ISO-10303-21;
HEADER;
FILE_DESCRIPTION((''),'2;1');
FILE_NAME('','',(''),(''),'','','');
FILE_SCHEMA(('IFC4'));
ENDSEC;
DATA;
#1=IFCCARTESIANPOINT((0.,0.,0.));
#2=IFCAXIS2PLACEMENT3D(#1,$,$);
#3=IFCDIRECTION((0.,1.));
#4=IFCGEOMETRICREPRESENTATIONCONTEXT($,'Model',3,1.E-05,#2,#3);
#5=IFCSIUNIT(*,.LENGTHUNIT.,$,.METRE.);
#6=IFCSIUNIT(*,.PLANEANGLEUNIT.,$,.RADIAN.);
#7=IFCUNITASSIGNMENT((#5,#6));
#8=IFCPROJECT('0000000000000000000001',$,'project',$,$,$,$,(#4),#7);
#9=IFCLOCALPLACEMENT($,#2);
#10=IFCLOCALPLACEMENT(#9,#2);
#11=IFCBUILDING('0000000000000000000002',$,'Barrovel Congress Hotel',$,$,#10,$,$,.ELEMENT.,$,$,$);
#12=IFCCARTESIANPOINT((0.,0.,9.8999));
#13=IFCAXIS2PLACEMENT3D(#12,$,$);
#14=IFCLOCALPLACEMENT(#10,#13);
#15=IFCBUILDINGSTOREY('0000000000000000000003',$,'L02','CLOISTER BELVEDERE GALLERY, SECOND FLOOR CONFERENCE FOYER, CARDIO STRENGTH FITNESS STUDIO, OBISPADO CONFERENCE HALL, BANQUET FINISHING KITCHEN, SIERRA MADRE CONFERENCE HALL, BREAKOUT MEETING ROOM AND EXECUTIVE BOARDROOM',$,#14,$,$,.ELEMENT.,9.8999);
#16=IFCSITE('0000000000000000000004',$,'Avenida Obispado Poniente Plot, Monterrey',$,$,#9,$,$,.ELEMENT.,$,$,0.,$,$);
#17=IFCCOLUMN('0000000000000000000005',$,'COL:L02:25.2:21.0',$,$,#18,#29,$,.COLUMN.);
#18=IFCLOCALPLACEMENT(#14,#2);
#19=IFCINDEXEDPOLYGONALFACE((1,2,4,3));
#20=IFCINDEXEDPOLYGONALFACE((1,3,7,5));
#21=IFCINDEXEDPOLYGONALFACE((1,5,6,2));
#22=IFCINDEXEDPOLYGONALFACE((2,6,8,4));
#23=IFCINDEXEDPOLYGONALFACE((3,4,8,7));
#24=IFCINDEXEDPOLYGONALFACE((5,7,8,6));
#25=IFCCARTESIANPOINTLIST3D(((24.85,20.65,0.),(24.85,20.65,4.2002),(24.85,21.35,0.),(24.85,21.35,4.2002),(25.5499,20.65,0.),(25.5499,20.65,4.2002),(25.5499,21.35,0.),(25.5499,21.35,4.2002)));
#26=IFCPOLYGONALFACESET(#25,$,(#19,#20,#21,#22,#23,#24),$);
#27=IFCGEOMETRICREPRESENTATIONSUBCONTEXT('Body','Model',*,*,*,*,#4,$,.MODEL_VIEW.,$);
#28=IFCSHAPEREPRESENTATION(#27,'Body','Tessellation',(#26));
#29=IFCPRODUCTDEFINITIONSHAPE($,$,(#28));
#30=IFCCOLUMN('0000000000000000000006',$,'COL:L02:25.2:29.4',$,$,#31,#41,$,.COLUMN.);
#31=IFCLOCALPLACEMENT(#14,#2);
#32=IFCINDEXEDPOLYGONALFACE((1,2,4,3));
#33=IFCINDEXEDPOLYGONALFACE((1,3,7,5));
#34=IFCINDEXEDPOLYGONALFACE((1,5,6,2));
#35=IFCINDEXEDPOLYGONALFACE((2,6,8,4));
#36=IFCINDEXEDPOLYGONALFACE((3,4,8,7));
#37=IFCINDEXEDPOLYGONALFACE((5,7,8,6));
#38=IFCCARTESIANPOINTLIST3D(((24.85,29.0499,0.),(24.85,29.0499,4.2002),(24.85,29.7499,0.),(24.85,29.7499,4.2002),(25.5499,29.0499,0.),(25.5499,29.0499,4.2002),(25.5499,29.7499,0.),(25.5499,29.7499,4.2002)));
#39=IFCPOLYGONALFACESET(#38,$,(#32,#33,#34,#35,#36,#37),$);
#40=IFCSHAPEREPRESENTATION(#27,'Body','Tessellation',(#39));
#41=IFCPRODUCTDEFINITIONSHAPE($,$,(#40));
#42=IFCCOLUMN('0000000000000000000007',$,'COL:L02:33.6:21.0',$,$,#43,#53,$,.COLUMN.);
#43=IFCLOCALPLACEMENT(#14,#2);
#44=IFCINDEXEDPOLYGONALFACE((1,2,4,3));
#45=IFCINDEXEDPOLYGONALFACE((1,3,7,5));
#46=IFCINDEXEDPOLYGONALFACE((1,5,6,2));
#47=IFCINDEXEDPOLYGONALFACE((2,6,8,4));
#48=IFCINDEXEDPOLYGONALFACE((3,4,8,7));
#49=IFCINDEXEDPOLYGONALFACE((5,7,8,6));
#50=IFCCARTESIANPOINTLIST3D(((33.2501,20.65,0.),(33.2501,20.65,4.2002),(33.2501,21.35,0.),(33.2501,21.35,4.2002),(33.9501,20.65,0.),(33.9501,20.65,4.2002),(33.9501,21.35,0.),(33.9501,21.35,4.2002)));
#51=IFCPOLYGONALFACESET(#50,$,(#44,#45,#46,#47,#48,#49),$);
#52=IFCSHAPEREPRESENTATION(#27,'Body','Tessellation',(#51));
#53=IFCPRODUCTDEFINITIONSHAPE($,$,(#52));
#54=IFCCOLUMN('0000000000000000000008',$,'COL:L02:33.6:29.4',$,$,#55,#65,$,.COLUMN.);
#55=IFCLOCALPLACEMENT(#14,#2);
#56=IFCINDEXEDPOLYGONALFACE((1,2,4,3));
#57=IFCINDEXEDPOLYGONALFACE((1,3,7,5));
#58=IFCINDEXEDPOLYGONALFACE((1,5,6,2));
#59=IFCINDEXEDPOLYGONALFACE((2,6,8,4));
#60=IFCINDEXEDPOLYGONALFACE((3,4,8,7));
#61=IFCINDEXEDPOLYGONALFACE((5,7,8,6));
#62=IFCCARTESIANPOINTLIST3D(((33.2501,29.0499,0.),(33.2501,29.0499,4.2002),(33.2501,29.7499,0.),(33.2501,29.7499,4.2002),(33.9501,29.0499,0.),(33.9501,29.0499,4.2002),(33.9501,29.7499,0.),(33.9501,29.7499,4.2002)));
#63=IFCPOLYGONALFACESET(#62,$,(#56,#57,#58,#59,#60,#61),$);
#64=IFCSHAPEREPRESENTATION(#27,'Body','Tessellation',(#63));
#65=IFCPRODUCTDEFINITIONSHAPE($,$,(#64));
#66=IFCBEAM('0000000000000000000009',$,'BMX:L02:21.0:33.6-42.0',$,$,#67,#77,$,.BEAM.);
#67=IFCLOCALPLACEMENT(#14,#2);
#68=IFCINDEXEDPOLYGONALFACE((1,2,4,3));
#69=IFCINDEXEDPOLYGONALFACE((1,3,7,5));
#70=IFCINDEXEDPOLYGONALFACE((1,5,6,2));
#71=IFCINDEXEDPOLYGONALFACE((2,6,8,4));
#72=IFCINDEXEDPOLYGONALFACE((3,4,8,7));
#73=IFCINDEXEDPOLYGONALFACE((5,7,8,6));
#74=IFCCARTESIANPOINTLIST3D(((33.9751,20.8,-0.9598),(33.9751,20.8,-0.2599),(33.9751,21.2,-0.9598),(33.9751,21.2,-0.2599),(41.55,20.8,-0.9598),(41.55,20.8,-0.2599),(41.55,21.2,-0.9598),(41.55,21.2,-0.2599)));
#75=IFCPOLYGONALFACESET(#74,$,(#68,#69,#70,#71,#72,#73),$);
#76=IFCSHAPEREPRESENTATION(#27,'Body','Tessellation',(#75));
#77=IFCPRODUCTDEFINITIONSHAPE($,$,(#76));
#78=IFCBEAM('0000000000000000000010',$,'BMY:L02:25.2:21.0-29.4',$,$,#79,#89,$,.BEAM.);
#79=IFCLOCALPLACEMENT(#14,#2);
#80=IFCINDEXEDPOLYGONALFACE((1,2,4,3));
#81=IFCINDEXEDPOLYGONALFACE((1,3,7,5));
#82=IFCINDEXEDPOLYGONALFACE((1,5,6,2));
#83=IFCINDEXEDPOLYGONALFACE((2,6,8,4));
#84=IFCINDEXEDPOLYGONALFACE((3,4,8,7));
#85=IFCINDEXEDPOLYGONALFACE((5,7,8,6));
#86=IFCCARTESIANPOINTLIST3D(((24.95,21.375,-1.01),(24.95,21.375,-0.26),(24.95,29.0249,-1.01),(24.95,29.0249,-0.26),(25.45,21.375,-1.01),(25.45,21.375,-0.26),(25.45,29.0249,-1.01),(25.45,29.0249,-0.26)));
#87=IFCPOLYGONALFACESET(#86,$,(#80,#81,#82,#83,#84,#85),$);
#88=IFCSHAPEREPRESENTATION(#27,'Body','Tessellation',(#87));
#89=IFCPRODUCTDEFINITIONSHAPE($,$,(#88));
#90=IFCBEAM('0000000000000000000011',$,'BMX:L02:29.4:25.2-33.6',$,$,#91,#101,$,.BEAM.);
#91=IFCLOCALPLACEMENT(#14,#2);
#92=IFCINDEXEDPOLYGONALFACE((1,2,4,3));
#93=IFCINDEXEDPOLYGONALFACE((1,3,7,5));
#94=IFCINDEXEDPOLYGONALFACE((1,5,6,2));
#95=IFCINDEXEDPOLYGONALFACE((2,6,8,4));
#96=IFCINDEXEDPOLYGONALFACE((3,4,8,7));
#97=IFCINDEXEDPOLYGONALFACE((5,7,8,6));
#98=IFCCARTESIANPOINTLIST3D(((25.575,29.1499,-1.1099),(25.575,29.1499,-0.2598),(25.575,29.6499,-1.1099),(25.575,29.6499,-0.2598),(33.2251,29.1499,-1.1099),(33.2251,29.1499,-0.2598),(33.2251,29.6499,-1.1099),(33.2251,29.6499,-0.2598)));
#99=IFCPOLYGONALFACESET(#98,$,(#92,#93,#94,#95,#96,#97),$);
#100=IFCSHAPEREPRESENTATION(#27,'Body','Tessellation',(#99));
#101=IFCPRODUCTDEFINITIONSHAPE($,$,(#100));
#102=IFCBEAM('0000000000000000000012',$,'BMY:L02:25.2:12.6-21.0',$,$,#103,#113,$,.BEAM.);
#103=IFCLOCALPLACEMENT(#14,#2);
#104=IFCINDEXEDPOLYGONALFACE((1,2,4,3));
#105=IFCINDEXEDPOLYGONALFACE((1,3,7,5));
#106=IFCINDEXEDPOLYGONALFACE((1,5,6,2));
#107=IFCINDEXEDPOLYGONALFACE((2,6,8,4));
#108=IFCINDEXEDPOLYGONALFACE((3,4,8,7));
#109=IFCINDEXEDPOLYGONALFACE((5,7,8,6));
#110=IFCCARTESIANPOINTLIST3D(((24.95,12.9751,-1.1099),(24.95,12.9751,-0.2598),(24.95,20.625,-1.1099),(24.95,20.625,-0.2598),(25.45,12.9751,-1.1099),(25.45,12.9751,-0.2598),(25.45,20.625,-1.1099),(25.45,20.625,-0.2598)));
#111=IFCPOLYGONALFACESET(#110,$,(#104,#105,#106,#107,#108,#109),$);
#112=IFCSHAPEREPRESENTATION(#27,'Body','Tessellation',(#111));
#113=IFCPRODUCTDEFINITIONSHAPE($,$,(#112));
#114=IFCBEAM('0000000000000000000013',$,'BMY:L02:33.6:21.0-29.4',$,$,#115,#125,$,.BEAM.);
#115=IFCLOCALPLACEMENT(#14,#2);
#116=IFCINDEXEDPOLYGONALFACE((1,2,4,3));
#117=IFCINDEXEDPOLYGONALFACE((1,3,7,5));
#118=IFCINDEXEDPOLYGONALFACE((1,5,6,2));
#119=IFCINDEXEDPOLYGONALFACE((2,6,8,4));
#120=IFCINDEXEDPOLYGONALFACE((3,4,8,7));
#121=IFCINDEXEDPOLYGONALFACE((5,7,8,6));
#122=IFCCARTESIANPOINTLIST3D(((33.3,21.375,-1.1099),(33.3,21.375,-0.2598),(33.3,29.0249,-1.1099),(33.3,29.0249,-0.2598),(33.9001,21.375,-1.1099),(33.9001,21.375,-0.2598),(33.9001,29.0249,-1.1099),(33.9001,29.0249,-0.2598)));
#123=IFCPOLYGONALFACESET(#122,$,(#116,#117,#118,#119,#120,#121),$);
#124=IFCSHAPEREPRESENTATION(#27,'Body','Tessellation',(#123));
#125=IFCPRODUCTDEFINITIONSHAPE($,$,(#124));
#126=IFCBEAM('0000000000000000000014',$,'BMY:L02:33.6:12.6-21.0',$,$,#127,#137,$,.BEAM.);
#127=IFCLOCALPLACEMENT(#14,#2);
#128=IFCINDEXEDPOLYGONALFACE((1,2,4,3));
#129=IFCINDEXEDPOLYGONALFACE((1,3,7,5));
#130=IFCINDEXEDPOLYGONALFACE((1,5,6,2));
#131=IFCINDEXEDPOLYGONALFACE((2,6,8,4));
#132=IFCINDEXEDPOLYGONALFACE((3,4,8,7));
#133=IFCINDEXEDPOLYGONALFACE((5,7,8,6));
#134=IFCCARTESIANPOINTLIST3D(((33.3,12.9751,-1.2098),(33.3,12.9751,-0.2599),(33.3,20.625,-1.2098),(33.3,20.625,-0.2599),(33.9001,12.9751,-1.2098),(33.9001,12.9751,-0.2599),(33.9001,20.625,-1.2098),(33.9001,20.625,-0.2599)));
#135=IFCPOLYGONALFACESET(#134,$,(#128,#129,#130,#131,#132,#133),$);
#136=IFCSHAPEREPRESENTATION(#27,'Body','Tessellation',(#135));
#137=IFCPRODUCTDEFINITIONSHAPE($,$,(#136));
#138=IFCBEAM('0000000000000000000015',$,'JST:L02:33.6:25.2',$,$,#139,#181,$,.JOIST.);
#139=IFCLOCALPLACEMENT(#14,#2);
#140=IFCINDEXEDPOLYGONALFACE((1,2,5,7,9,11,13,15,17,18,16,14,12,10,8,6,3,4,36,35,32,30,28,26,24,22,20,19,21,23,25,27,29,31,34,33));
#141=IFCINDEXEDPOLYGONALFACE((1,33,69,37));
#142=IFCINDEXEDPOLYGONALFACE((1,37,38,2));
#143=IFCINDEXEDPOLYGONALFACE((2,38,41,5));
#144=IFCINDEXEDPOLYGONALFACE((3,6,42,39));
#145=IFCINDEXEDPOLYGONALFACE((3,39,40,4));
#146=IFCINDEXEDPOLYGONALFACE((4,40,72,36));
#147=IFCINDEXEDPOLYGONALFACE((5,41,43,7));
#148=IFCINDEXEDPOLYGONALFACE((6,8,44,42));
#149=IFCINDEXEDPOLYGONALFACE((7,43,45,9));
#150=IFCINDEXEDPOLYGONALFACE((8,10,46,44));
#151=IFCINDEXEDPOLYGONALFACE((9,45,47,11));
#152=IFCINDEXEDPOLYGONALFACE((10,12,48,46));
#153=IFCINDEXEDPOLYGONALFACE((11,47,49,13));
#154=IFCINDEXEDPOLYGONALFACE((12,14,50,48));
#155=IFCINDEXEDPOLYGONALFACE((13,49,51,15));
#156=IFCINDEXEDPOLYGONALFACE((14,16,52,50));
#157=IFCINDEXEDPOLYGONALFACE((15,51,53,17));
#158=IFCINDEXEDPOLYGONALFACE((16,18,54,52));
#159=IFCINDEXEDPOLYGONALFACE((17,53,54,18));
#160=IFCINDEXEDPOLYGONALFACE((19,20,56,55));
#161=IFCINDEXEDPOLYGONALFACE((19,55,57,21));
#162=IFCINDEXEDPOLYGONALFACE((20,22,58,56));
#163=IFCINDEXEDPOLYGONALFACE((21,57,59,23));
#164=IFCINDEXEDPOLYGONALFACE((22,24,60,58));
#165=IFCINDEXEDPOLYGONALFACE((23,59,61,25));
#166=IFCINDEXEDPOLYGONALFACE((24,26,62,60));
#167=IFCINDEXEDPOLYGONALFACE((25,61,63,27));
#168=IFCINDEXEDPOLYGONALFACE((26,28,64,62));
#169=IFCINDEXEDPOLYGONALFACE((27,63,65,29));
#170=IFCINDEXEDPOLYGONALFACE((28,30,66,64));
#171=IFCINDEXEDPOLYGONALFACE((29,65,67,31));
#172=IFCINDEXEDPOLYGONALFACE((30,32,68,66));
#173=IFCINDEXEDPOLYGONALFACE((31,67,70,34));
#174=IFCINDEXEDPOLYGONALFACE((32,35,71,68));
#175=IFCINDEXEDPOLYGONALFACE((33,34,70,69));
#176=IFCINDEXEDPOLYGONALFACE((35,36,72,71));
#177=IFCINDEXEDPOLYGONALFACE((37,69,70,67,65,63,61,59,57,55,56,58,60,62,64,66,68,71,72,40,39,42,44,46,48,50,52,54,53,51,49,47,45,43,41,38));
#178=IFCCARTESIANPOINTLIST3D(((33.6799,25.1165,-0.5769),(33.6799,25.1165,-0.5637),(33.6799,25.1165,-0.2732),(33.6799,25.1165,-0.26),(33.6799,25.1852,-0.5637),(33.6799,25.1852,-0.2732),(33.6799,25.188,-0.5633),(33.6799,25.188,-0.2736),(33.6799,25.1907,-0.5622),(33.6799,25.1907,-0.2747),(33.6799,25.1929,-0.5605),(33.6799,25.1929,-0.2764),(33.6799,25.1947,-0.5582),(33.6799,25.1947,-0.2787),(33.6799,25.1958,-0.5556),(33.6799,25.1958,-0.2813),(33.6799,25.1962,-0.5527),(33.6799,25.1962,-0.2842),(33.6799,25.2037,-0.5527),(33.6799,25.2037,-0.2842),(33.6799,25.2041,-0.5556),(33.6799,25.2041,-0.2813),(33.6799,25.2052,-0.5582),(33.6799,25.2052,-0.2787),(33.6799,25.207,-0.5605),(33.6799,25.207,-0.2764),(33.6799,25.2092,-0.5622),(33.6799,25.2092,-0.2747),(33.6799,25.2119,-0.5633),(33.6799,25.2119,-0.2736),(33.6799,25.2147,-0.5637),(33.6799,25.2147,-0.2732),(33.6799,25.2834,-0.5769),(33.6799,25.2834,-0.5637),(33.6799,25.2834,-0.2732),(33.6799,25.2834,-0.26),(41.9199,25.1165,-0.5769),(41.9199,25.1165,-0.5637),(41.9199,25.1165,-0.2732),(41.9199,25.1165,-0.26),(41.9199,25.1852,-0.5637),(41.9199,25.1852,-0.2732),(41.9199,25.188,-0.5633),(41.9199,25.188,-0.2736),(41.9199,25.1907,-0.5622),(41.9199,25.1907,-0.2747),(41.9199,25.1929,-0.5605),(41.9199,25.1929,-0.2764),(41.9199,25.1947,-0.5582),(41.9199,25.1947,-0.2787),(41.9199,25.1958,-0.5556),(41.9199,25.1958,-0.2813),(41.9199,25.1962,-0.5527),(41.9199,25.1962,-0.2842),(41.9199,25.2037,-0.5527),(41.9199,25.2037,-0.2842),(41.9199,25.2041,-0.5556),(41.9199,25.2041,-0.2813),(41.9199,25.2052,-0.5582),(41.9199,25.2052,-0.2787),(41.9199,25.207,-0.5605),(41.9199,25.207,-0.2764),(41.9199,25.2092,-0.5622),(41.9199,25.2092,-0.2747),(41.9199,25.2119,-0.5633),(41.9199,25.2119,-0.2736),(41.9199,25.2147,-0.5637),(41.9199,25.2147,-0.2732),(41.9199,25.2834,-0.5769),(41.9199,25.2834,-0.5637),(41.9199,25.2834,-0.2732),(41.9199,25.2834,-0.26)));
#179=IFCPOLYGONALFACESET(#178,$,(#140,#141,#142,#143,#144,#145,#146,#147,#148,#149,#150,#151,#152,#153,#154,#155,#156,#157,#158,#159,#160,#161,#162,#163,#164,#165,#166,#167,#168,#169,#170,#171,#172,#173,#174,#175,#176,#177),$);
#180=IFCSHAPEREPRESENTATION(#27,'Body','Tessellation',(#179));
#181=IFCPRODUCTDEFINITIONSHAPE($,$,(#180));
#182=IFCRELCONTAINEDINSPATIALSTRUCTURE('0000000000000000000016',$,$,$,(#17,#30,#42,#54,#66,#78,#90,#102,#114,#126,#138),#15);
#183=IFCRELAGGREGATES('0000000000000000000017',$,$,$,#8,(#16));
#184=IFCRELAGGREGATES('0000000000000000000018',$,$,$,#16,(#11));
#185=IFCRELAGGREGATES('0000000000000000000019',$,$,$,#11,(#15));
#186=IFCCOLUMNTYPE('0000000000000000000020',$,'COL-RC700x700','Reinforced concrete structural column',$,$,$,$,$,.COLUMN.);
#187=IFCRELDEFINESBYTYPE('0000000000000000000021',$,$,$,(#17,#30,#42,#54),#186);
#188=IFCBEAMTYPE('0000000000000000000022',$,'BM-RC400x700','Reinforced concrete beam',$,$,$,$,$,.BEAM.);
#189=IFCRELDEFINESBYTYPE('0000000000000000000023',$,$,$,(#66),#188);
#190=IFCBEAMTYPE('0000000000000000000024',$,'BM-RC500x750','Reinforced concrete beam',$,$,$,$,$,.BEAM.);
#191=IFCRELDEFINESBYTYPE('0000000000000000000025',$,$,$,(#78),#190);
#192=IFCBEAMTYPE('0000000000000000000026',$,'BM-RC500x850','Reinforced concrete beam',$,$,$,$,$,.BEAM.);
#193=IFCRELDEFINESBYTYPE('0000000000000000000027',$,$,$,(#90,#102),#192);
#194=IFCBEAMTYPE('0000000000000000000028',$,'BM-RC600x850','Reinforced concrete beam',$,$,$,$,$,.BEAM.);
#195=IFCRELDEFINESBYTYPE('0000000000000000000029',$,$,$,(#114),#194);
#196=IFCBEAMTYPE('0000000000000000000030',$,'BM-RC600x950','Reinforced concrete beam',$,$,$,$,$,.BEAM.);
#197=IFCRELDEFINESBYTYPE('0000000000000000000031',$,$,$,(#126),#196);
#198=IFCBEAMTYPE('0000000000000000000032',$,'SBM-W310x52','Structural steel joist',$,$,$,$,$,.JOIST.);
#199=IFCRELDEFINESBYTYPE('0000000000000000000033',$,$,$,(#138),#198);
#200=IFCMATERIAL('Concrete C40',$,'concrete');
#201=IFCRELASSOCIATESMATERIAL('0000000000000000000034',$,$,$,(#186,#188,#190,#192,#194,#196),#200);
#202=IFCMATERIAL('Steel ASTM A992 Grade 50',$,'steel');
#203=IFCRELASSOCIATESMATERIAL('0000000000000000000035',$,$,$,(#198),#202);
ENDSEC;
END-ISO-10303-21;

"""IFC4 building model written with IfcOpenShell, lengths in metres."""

from ifc_helpers import new_model, si_unit, direction, frame, origin, origin_2d, place, context, subcontext, project, spatial, rectangle, i_section, extrude, material, material_profile, profile_set, type_object, element, save


model = new_model("IFC4")

# Units and contexts
model_context = context("Model", 3, precision=1e-05, world=origin(), true_north=direction((0.0, 1.0)))
body_context = subcontext(model_context, "Body", "Model", "MODEL_VIEW")
ifc_project = project(units=[si_unit("LENGTHUNIT", "METRE"), si_unit("PLANEANGLEUNIT", "RADIAN")], contexts=[model_context])

# Site, building, storey
site_placement = place(None, origin())
site = spatial("IfcSite", under=ifc_project, at=site_placement, Name="Avenida Obispado Poniente Plot, Monterrey", CompositionType="ELEMENT", RefElevation=0.0)
building_placement = place(site_placement, origin())
building = spatial("IfcBuilding", under=site, at=building_placement, Name="Barrovel Congress Hotel", CompositionType="ELEMENT")
storey_placement = place(building_placement, frame((0.0, 0.0, 9.8999)))
storey = spatial("IfcBuildingStorey", under=building, at=storey_placement, Name="L02", Description="CLOISTER BELVEDERE GALLERY, SECOND FLOOR CONFERENCE FOYER, CARDIO STRENGTH FITNESS STUDIO, OBISPADO CONFERENCE HALL, BANQUET FINISHING KITCHEN, SIERRA MADRE CONFERENCE HALL, BREAKOUT MEETING ROOM AND EXECUTIVE BOARDROOM", CompositionType="ELEMENT", Elevation=9.8999)

# Columns
ifc_material_1 = material(Name="Concrete C40", Category="concrete")
ifc_material_profile_1 = material_profile(ifc_material_1, rectangle(XDim=0.7, YDim=0.7, at=origin_2d()), Name="RC700x700")
ifc_profile_set_1 = profile_set([ifc_material_profile_1], Name="Concrete C40")
column_type = type_object("IfcColumnType", Name="COL-RC700x700", Description="Reinforced concrete structural column", PredefinedType="COLUMN", material=ifc_profile_set_1)
for number, where, z_axis, x_axis, name in (
    (1, (25.2, 21.0, 0.0), (0.0, 0.0, 1.0), (1.0, 0.0, 0.0), "COL:L02:25.2:21.0"),
    (2, (25.2, 29.3999, 0.0), (0.0, 0.0, 1.0), (1.0, 0.0, 0.0), "COL:L02:25.2:29.4"),
    (3, (33.6001, 21.0, 0.0), (0.0, 0.0, 1.0), (1.0, 0.0, 0.0), "COL:L02:33.6:21.0"),
    (4, (33.6001, 29.3999, 0.0), (0.0, 0.0, 1.0), (1.0, 0.0, 0.0), "COL:L02:33.6:29.4"),
):
    element("IfcColumn", number, at=place(storey_placement, frame(where, z_axis=z_axis, x_axis=x_axis)), inside=storey, type_object=column_type, Name=name, PredefinedType="COLUMN", context=body_context, shape_type="SweptSolid", body=[
        extrude(rectangle(XDim=0.7, YDim=0.7, at=origin_2d()), origin(), (0.0, 0.0, 1.0), 4.2002),
    ])

# Beams
ifc_material_profile_2 = material_profile(ifc_material_1, rectangle(XDim=0.3999, YDim=0.7, at=origin_2d()), Name="RC400x700")
ifc_profile_set_2 = profile_set([ifc_material_profile_2], Name="Concrete C40")
beam_type_1 = type_object("IfcBeamType", Name="BM-RC400x700", Description="Reinforced concrete beam", PredefinedType="BEAM", material=ifc_profile_set_2)
beam_1_placement = place(storey_placement, frame((33.9751, 21.0, -0.6099), z_axis=(1.0, 0.0, 0.0), x_axis=(0.0, 1.0, 0.0)))
element("IfcBeam", 5, at=beam_1_placement, inside=storey, type_object=beam_type_1, Name="BMX:L02:21.0:33.6-42.0", PredefinedType="BEAM", context=body_context, shape_type="SweptSolid", body=[
    extrude(rectangle(XDim=0.3999, YDim=0.7, at=origin_2d()), origin(), (0.0, 0.0, 1.0), 7.575),
])
ifc_material_profile_3 = material_profile(ifc_material_1, rectangle(XDim=0.5, YDim=0.75, at=origin_2d()), Name="RC500x750")
ifc_profile_set_3 = profile_set([ifc_material_profile_3], Name="Concrete C40")
beam_type_2 = type_object("IfcBeamType", Name="BM-RC500x750", Description="Reinforced concrete beam", PredefinedType="BEAM", material=ifc_profile_set_3)
beam_2_placement = place(storey_placement, frame((25.2, 21.375, -0.635), z_axis=(0.0, 1.0, 0.0), x_axis=(-1.0, 0.0, 0.0)))
element("IfcBeam", 6, at=beam_2_placement, inside=storey, type_object=beam_type_2, Name="BMY:L02:25.2:21.0-29.4", PredefinedType="BEAM", context=body_context, shape_type="SweptSolid", body=[
    extrude(rectangle(XDim=0.5, YDim=0.75, at=origin_2d()), origin(), (0.0, 0.0, 1.0), 7.6499),
])
ifc_material_profile_4 = material_profile(ifc_material_1, rectangle(XDim=0.5, YDim=0.8501, at=origin_2d()), Name="RC500x850")
ifc_profile_set_4 = profile_set([ifc_material_profile_4], Name="Concrete C40")
beam_type_3 = type_object("IfcBeamType", Name="BM-RC500x850", Description="Reinforced concrete beam", PredefinedType="BEAM", material=ifc_profile_set_4)
beam_3_placement = place(storey_placement, frame((25.575, 29.3999, -0.6848), z_axis=(1.0, 0.0, 0.0), x_axis=(0.0, 1.0, 0.0)))
element("IfcBeam", 7, at=beam_3_placement, inside=storey, type_object=beam_type_3, Name="BMX:L02:29.4:25.2-33.6", PredefinedType="BEAM", context=body_context, shape_type="SweptSolid", body=[
    extrude(rectangle(XDim=0.5, YDim=0.8501, at=origin_2d()), origin(), (0.0, 0.0, 1.0), 7.6501),
])
beam_4_placement = place(storey_placement, frame((25.2, 12.9751, -0.6848), z_axis=(0.0, 1.0, 0.0), x_axis=(-1.0, 0.0, 0.0)))
element("IfcBeam", 8, at=beam_4_placement, inside=storey, type_object=beam_type_3, Name="BMY:L02:25.2:12.6-21.0", PredefinedType="BEAM", context=body_context, shape_type="SweptSolid", body=[
    extrude(rectangle(XDim=0.5, YDim=0.8501, at=origin_2d()), origin(), (0.0, 0.0, 1.0), 7.6499),
])
ifc_material_profile_5 = material_profile(ifc_material_1, rectangle(XDim=0.6001, YDim=0.8501, at=origin_2d()), Name="RC600x850")
ifc_profile_set_5 = profile_set([ifc_material_profile_5], Name="Concrete C40")
beam_type_4 = type_object("IfcBeamType", Name="BM-RC600x850", Description="Reinforced concrete beam", PredefinedType="BEAM", material=ifc_profile_set_5)
beam_5_placement = place(storey_placement, frame((33.6001, 21.375, -0.6848), z_axis=(0.0, 1.0, 0.0), x_axis=(-1.0, 0.0, 0.0)))
element("IfcBeam", 9, at=beam_5_placement, inside=storey, type_object=beam_type_4, Name="BMY:L02:33.6:21.0-29.4", PredefinedType="BEAM", context=body_context, shape_type="SweptSolid", body=[
    extrude(rectangle(XDim=0.6001, YDim=0.8501, at=origin_2d()), origin(), (0.0, 0.0, 1.0), 7.6499),
])
ifc_material_profile_6 = material_profile(ifc_material_1, rectangle(XDim=0.6001, YDim=0.95, at=origin_2d()), Name="RC600x950")
ifc_profile_set_6 = profile_set([ifc_material_profile_6], Name="Concrete C40")
beam_type_5 = type_object("IfcBeamType", Name="BM-RC600x950", Description="Reinforced concrete beam", PredefinedType="BEAM", material=ifc_profile_set_6)
beam_6_placement = place(storey_placement, frame((33.6001, 12.9751, -0.7349), z_axis=(0.0, 1.0, 0.0), x_axis=(-1.0, 0.0, 0.0)))
element("IfcBeam", 10, at=beam_6_placement, inside=storey, type_object=beam_type_5, Name="BMY:L02:33.6:12.6-21.0", PredefinedType="BEAM", context=body_context, shape_type="SweptSolid", body=[
    extrude(rectangle(XDim=0.6001, YDim=0.95, at=origin_2d()), origin(), (0.0, 0.0, 1.0), 7.6499),
])
ifc_material_2 = material(Name="Steel ASTM A992 Grade 50", Category="steel")
ifc_material_profile_7 = material_profile(ifc_material_2, i_section(OverallWidth=0.167, OverallDepth=0.3169, WebThickness=0.0076, FlangeThickness=0.0132, FilletRadius=0.011, at=origin_2d()), Name="W310x52")
ifc_profile_set_7 = profile_set([ifc_material_profile_7], Name="Steel ASTM A992 Grade 50")
beam_type_6 = type_object("IfcBeamType", Name="SBM-W310x52", Description="Structural steel joist", PredefinedType="JOIST", material=ifc_profile_set_7)
beam_7_placement = place(storey_placement, frame((33.6799, 25.2, -0.4185), z_axis=(1.0, 0.0, 0.0), x_axis=(0.0, 1.0, 0.0)))
element("IfcBeam", 11, at=beam_7_placement, inside=storey, type_object=beam_type_6, Name="JST:L02:33.6:25.2", PredefinedType="JOIST", context=body_context, shape_type="SweptSolid", body=[
    extrude(i_section(OverallWidth=0.167, OverallDepth=0.3169, WebThickness=0.0076, FlangeThickness=0.0132, FilletRadius=0.011, at=origin_2d()), origin(), (0.0, 0.0, 1.0), 8.24),
])

save(model, "model.ifc")
